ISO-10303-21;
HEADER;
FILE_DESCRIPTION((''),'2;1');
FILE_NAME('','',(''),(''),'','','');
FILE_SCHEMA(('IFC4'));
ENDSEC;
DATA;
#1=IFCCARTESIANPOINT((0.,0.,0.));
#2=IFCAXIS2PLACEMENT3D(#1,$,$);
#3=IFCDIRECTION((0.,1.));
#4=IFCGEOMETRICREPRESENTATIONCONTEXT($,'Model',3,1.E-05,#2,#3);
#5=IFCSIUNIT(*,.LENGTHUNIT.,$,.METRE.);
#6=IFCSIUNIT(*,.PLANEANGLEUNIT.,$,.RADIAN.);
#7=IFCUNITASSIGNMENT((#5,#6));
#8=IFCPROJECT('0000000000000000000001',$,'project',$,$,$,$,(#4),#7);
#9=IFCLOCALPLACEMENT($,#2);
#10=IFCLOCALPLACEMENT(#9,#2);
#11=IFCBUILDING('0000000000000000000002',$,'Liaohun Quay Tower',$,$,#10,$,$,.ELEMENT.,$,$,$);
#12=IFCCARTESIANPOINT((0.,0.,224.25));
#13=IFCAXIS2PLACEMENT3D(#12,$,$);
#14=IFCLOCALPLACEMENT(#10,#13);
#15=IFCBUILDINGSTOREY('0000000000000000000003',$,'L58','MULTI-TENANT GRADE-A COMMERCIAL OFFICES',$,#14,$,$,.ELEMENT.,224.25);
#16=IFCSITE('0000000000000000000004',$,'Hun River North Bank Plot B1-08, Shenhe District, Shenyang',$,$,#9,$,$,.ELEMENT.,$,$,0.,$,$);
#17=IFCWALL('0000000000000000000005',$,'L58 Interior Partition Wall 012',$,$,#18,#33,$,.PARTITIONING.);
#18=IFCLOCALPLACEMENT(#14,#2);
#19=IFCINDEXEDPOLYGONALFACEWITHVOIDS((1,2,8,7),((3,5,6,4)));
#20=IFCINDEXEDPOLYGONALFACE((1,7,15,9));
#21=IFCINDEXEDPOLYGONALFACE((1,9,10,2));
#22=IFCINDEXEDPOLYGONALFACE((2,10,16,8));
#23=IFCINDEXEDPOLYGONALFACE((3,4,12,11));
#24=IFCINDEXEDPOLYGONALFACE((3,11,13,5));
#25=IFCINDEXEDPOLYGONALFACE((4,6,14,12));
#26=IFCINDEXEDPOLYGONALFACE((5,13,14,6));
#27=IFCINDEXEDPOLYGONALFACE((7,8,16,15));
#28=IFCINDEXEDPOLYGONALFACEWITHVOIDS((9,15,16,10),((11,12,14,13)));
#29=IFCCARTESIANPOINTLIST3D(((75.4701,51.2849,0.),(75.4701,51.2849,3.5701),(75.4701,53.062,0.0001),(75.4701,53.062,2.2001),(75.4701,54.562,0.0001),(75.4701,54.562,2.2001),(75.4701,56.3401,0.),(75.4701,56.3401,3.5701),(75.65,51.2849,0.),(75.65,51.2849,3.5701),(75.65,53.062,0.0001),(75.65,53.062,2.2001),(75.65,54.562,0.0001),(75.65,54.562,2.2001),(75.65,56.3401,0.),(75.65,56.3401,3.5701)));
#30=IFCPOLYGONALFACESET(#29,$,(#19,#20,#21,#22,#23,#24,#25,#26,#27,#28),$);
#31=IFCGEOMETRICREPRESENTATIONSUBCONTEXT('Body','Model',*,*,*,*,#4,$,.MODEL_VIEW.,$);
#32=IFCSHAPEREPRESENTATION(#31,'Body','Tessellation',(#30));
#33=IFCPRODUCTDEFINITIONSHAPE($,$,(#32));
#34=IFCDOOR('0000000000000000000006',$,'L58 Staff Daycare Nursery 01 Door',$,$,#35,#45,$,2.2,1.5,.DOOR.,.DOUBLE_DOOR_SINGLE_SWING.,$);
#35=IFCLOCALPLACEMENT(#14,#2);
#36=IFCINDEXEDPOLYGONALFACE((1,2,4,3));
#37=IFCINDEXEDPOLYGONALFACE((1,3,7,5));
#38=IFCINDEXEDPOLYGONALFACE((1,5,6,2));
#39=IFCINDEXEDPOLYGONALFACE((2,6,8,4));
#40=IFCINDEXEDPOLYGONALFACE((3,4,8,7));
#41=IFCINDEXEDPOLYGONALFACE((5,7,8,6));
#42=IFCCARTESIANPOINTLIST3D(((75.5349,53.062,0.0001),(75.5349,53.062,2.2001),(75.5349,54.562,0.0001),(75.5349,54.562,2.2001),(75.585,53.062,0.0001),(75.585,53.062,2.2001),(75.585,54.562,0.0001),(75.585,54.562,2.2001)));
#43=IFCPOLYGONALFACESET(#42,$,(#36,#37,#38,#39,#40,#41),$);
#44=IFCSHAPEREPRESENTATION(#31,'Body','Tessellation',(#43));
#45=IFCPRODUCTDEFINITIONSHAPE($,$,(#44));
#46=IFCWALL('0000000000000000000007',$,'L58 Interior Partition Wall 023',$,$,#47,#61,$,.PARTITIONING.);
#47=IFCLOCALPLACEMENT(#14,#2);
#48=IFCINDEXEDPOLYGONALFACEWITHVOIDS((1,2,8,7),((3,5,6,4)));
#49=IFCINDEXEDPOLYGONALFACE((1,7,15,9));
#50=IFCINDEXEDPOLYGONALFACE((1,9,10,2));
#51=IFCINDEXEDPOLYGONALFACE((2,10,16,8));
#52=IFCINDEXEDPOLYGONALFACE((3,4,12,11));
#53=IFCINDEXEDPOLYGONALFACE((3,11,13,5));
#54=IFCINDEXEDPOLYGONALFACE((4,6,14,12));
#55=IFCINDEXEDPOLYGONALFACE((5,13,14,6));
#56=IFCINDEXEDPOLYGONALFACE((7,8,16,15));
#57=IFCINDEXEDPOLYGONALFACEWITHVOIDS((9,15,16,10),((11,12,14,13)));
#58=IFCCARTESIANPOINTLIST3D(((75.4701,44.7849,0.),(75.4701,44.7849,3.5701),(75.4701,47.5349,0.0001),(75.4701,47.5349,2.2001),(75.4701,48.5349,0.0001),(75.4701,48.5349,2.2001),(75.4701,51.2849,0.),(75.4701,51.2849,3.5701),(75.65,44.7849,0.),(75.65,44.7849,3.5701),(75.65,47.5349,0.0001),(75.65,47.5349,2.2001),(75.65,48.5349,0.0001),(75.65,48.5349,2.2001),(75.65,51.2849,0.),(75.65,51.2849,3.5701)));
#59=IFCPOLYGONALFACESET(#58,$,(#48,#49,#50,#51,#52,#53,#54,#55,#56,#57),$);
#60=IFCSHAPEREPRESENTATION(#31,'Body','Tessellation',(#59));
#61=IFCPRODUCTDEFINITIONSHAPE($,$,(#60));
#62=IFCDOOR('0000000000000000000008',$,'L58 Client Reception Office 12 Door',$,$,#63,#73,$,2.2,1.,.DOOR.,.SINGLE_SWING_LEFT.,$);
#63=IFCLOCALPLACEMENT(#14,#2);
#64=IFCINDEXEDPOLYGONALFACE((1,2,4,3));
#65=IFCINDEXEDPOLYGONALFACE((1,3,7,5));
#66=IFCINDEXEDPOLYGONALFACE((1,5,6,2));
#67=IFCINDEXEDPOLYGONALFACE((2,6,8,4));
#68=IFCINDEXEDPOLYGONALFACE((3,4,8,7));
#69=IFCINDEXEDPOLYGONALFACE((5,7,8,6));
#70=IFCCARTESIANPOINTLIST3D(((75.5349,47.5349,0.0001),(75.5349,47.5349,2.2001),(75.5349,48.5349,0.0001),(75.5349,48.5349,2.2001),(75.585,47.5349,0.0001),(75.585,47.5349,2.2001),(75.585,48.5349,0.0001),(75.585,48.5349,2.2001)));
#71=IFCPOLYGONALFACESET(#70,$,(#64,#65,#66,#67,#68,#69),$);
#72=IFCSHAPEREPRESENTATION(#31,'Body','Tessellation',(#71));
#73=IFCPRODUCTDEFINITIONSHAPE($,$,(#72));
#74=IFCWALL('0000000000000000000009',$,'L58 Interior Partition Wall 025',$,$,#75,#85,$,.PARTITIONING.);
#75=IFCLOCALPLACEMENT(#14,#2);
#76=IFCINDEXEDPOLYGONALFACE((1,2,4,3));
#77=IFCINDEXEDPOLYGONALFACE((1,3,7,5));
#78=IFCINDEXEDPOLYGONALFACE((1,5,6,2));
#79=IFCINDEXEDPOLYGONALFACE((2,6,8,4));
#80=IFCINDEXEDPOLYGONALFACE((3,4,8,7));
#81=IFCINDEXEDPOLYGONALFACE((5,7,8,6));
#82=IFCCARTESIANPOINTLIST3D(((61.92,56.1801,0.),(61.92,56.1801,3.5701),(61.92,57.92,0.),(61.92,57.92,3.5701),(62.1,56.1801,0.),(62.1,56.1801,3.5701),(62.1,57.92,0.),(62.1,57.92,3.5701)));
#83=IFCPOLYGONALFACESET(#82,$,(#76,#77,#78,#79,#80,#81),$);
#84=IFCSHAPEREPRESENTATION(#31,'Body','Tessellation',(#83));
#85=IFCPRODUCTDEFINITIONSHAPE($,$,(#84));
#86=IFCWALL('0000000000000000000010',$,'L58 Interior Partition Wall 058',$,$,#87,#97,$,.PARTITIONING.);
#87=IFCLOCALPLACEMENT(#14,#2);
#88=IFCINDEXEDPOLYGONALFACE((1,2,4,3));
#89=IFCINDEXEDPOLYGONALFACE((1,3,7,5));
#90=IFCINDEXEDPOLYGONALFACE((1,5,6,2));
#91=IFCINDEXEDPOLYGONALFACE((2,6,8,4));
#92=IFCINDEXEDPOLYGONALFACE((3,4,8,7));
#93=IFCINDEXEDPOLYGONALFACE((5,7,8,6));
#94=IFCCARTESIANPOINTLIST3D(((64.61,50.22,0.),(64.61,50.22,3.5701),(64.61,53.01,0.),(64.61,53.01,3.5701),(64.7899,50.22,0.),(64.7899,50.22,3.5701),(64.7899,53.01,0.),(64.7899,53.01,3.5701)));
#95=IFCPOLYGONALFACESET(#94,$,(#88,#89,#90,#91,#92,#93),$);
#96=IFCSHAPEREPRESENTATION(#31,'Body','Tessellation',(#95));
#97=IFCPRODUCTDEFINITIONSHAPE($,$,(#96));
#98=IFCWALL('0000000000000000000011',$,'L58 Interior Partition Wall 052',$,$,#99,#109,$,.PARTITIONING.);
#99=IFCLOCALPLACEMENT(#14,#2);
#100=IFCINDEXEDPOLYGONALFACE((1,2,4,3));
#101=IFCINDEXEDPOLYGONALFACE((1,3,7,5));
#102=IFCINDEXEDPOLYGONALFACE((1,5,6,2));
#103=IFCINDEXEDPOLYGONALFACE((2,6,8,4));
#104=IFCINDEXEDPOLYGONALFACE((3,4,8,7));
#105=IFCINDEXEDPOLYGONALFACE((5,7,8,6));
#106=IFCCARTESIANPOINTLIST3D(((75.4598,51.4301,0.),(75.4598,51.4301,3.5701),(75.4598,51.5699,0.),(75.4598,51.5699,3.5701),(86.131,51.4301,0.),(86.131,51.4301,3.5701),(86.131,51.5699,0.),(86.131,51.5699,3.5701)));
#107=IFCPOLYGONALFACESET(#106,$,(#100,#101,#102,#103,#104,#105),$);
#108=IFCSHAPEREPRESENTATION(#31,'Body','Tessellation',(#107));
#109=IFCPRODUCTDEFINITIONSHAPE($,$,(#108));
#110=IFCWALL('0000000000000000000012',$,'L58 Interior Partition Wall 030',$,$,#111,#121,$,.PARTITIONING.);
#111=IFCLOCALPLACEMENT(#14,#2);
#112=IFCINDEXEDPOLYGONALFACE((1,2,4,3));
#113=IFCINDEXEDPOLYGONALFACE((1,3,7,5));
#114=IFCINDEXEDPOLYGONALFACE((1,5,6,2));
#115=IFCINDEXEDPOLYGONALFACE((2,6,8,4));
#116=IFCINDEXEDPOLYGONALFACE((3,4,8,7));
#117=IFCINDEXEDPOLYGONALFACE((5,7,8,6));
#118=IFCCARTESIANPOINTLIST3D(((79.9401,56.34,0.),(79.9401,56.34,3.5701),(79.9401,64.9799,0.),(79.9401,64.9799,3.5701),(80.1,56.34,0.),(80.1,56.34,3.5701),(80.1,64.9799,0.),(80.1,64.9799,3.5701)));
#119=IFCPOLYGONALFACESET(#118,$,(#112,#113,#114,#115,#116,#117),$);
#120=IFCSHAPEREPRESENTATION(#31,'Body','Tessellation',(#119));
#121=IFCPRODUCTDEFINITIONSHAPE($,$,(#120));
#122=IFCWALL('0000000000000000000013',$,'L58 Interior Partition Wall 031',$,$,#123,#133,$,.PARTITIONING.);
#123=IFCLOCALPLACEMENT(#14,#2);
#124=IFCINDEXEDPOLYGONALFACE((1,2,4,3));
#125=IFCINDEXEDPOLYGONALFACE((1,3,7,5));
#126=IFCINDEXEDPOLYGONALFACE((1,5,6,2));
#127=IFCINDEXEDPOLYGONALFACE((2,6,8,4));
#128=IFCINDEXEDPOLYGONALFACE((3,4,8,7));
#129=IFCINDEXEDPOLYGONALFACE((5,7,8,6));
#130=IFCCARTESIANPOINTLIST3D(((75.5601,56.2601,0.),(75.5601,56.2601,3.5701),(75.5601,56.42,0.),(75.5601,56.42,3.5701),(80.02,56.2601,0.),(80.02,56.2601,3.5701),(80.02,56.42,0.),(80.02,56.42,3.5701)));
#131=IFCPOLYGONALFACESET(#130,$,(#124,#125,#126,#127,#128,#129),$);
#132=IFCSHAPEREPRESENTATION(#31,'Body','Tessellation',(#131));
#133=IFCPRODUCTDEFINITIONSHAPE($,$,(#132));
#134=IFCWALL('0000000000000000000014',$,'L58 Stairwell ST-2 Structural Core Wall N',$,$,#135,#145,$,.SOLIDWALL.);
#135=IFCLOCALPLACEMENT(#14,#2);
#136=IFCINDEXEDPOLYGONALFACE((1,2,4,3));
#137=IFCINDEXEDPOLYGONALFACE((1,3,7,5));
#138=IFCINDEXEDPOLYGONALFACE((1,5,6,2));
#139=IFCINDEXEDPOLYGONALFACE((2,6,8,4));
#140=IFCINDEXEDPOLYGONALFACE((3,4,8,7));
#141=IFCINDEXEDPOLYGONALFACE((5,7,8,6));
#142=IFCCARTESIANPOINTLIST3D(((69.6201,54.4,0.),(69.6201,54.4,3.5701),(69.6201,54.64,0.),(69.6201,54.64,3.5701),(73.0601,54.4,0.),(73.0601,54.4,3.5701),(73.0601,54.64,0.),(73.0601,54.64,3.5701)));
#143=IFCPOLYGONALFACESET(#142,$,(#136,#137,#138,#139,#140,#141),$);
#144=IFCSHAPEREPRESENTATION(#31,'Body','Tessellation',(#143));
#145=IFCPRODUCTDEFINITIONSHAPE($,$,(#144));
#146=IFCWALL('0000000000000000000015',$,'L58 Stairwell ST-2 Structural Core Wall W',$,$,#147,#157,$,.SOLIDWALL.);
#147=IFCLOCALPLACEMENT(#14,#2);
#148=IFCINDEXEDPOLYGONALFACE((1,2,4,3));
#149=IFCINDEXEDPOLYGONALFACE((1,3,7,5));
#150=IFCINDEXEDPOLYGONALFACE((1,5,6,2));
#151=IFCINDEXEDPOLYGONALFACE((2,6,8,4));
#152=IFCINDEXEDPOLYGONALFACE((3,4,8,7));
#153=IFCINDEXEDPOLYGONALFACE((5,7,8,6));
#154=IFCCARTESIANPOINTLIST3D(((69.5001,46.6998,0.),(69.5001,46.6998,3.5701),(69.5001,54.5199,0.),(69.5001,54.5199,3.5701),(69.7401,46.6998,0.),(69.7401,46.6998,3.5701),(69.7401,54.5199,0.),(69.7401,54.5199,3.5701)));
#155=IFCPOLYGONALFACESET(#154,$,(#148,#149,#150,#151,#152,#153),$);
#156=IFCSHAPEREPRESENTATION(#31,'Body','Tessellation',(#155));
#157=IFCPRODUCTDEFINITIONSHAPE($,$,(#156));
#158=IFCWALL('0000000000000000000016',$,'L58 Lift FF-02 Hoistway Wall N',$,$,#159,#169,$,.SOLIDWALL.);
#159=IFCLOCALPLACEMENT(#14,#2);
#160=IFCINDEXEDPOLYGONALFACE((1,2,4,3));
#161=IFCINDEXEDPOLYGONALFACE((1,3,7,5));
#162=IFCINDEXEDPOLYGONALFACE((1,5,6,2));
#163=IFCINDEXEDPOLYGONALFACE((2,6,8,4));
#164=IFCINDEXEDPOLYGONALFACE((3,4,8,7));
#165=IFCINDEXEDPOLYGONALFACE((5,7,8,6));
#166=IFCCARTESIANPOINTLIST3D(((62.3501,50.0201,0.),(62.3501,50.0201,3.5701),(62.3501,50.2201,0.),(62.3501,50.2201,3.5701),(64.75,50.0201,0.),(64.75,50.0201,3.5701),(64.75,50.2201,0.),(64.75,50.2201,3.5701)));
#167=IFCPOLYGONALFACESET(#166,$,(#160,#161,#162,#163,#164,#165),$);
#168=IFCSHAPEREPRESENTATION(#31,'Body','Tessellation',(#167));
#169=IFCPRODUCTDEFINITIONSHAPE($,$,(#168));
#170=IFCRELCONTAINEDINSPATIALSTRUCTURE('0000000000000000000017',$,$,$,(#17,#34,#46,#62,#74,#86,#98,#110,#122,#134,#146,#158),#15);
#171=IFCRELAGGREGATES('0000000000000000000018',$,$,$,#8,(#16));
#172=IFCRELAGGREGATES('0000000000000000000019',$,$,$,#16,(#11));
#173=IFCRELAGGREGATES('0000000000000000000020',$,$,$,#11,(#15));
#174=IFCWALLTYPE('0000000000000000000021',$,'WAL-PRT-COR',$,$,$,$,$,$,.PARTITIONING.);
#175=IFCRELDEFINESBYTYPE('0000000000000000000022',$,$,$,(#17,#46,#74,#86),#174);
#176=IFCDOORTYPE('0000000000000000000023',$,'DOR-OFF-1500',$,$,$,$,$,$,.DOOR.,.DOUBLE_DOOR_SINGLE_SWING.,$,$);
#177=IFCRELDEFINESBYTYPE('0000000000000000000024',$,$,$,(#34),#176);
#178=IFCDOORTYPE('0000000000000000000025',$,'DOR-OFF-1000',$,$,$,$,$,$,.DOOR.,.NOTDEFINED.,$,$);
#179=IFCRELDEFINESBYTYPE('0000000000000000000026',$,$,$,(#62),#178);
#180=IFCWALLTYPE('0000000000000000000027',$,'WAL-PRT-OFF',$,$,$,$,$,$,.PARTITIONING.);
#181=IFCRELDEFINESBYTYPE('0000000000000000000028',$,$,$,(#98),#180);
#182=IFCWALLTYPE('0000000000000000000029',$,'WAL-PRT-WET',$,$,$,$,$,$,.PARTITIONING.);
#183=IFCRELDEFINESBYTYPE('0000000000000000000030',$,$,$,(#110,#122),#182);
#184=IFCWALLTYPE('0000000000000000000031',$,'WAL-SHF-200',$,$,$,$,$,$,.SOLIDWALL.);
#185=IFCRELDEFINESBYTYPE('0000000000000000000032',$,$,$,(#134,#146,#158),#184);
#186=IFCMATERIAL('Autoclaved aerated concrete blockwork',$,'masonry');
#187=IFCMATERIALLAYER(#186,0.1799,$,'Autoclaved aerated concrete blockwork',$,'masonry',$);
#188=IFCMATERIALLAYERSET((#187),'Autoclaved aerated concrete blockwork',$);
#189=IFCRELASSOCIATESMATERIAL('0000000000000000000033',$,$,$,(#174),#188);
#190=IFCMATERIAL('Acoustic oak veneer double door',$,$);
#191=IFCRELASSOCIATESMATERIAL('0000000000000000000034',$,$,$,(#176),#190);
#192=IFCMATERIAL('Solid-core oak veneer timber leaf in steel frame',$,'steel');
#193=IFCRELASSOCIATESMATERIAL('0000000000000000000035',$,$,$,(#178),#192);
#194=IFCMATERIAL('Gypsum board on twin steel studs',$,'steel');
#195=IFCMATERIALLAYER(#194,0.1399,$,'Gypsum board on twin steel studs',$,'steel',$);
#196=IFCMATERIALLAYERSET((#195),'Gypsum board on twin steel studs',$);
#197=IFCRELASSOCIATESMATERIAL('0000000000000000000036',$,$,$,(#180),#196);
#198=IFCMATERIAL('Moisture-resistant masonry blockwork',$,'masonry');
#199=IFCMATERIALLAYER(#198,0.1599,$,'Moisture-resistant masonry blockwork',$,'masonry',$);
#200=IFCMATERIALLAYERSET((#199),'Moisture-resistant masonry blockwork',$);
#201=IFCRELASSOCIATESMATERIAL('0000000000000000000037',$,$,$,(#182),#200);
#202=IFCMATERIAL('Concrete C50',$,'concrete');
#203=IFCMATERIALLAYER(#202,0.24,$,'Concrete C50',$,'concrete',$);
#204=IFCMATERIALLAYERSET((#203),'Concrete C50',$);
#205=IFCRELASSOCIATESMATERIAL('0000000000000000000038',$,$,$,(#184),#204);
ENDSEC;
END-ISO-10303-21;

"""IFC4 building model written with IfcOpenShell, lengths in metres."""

from ifc_helpers import new_model, si_unit, direction, frame, frame_2d, origin, place, context, subcontext, project, spatial, rectangle, extrude, source, transform, mapped, material, layer, layer_set, type_object, element, fill, save


model = new_model("IFC4")

# Units and contexts
model_context = context("Model", 3, precision=1e-05, world=origin(), true_north=direction((0.0, 1.0)))
body_context = subcontext(model_context, "Body", "Model", "MODEL_VIEW")
ifc_project = project(units=[si_unit("LENGTHUNIT", "METRE"), si_unit("PLANEANGLEUNIT", "RADIAN")], contexts=[model_context])

# Site, building, storey
site_placement = place(None, origin())
site = spatial("IfcSite", under=ifc_project, at=site_placement, Name="Hun River North Bank Plot B1-08, Shenhe District, Shenyang", CompositionType="ELEMENT", RefElevation=0.0)
building_placement = place(site_placement, origin())
building = spatial("IfcBuilding", under=site, at=building_placement, Name="Liaohun Quay Tower", CompositionType="ELEMENT")
storey_placement = place(building_placement, frame((0.0, 0.0, 224.25)))
storey = spatial("IfcBuildingStorey", under=building, at=storey_placement, Name="L58", Description="MULTI-TENANT GRADE-A COMMERCIAL OFFICES", CompositionType="ELEMENT", Elevation=224.25)

# Walls, openings, doors
ifc_material_1 = material(Name="Autoclaved aerated concrete blockwork", Category="masonry")
ifc_layer_1 = layer(ifc_material_1, 0.1799, Name="Autoclaved aerated concrete blockwork", Category="masonry")
ifc_layer_set_1 = layer_set([ifc_layer_1], Name="Autoclaved aerated concrete blockwork")
wall_type_1 = type_object("IfcWallType", Name="WAL-PRT-COR", PredefinedType="PARTITIONING", material=ifc_layer_set_1)
wall_1_placement = place(storey_placement, frame((75.5601, 56.3401, 0.0), z_axis=(0.0, 0.0, 1.0), x_axis=(0.0, -1.0, 0.0)))
wall_1 = element("IfcWall", 1, at=wall_1_placement, inside=storey, type_object=wall_type_1, Name="L58 Interior Partition Wall 012", PredefinedType="PARTITIONING", context=body_context, shape_type="SweptSolid", body=[
    extrude(rectangle(XDim=5.0552, YDim=0.1799, at=frame_2d((2.5276, 0.0))), origin(), (0.0, 0.0, 1.0), 3.5701),
])
shared_shape_1 = source(origin(), body_context, "Body", "SweptSolid", [
    extrude(rectangle(XDim=1.5, YDim=2.2, at=frame_2d((0.75, 1.1001))), frame((0.0, 0.0999, 0.0), z_axis=(0.0, -1.0, 0.0), x_axis=(1.0, 0.0, 0.0)), (0.0, 0.0, 1.0), 0.2),
])
opening_1_placement = place(wall_1_placement, frame((1.7781, 0.0, 0.0)))
opening_1 = element("IfcOpeningElement", 2, at=opening_1_placement, cuts=wall_1, PredefinedType="OPENING", context=body_context, shape_type="MappedRepresentation", body=[
    mapped(shared_shape_1, transform((0.0, 0.0, 0.0), x_axis=(1.0, 0.0, 0.0), y_axis=(0.0, 1.0, 0.0), z_axis=(0.0, 0.0, 1.0), scale=1.0)),
])
ifc_material_2 = material(Name="Acoustic oak veneer double door")
door_type_1 = type_object("IfcDoorType", Name="DOR-OFF-1500", OperationType="DOUBLE_DOOR_SINGLE_SWING", PredefinedType="DOOR", material=ifc_material_2)
shared_shape_2 = source(origin(), body_context, "Body", "SweptSolid", [
    extrude(rectangle(XDim=1.5, YDim=2.2, at=frame_2d((0.75, 1.1001))), frame((0.0, 0.0249, 0.0), z_axis=(0.0, -1.0, 0.0), x_axis=(1.0, 0.0, 0.0)), (0.0, 0.0, 1.0), 0.05),
])
door_1_placement = place(opening_1_placement, origin())
door_1 = element("IfcDoor", 3, at=door_1_placement, inside=storey, type_object=door_type_1, Name="L58 Staff Daycare Nursery 01 Door", OperationType="DOUBLE_DOOR_SINGLE_SWING", OverallHeight=2.2, OverallWidth=1.5, PredefinedType="DOOR", context=body_context, shape_type="MappedRepresentation", body=[
    mapped(shared_shape_2, transform((0.0, 0.0, 0.0), x_axis=(1.0, 0.0, 0.0), y_axis=(0.0, 1.0, 0.0), z_axis=(0.0, 0.0, 1.0), scale=1.0)),
])
fill(opening_1, door_1)
wall_2_placement = place(storey_placement, frame((75.5601, 51.2849, 0.0), z_axis=(0.0, 0.0, 1.0), x_axis=(0.0, -1.0, 0.0)))
wall_2 = element("IfcWall", 4, at=wall_2_placement, inside=storey, type_object=wall_type_1, Name="L58 Interior Partition Wall 023", PredefinedType="PARTITIONING", context=body_context, shape_type="SweptSolid", body=[
    extrude(rectangle(XDim=6.5, YDim=0.1799, at=frame_2d((3.25, 0.0))), origin(), (0.0, 0.0, 1.0), 3.5701),
])
shared_shape_3 = source(origin(), body_context, "Body", "SweptSolid", [
    extrude(rectangle(XDim=1.0, YDim=2.2, at=frame_2d((0.5, 1.1001))), frame((0.0, 0.0999, 0.0), z_axis=(0.0, -1.0, 0.0), x_axis=(1.0, 0.0, 0.0)), (0.0, 0.0, 1.0), 0.2),
])
opening_2_placement = place(wall_2_placement, frame((2.75, 0.0, 0.0)))
opening_2 = element("IfcOpeningElement", 5, at=opening_2_placement, cuts=wall_2, PredefinedType="OPENING", context=body_context, shape_type="MappedRepresentation", body=[
    mapped(shared_shape_3, transform((0.0, 0.0, 0.0), x_axis=(1.0, 0.0, 0.0), y_axis=(0.0, 1.0, 0.0), z_axis=(0.0, 0.0, 1.0), scale=1.0)),
])
ifc_material_3 = material(Name="Solid-core oak veneer timber leaf in steel frame", Category="steel")
door_type_2 = type_object("IfcDoorType", Name="DOR-OFF-1000", OperationType="NOTDEFINED", PredefinedType="DOOR", material=ifc_material_3)
shared_shape_4 = source(origin(), body_context, "Body", "SweptSolid", [
    extrude(rectangle(XDim=1.0, YDim=2.2, at=frame_2d((0.5, 1.1001))), frame((0.0, 0.0249, 0.0), z_axis=(0.0, -1.0, 0.0), x_axis=(1.0, 0.0, 0.0)), (0.0, 0.0, 1.0), 0.05),
])
door_2_placement = place(opening_2_placement, origin())
door_2 = element("IfcDoor", 6, at=door_2_placement, inside=storey, type_object=door_type_2, Name="L58 Client Reception Office 12 Door", OperationType="SINGLE_SWING_LEFT", OverallHeight=2.2, OverallWidth=1.0, PredefinedType="DOOR", context=body_context, shape_type="MappedRepresentation", body=[
    mapped(shared_shape_4, transform((0.0, 0.0, 0.0), x_axis=(1.0, 0.0, 0.0), y_axis=(0.0, 1.0, 0.0), z_axis=(0.0, 0.0, 1.0), scale=1.0)),
])
fill(opening_2, door_2)

# Walls
wall_3_placement = place(storey_placement, frame((62.01, 56.1799, 0.0), z_axis=(0.0, 0.0, 1.0), x_axis=(0.0, 1.0, 0.0)))
element("IfcWall", 7, at=wall_3_placement, inside=storey, type_object=wall_type_1, Name="L58 Interior Partition Wall 025", PredefinedType="PARTITIONING", context=body_context, shape_type="SweptSolid", body=[
    extrude(rectangle(XDim=1.74, YDim=0.1799, at=frame_2d((0.8701, 0.0))), origin(), (0.0, 0.0, 1.0), 3.5701),
])
wall_4_placement = place(storey_placement, frame((64.7, 50.22, 0.0), z_axis=(0.0, 0.0, 1.0), x_axis=(0.0, 1.0, 0.0)))
element("IfcWall", 8, at=wall_4_placement, inside=storey, type_object=wall_type_1, Name="L58 Interior Partition Wall 058", PredefinedType="PARTITIONING", context=body_context, shape_type="SweptSolid", body=[
    extrude(rectangle(XDim=2.79, YDim=0.1799, at=frame_2d((1.395, 0.0))), origin(), (0.0, 0.0, 1.0), 3.5701),
])
ifc_material_4 = material(Name="Gypsum board on twin steel studs", Category="steel")
ifc_layer_2 = layer(ifc_material_4, 0.1399, Name="Gypsum board on twin steel studs", Category="steel")
ifc_layer_set_2 = layer_set([ifc_layer_2], Name="Gypsum board on twin steel studs")
wall_type_2 = type_object("IfcWallType", Name="WAL-PRT-OFF", PredefinedType="PARTITIONING", material=ifc_layer_set_2)
wall_5_placement = place(storey_placement, frame((75.46, 51.5, 0.0), z_axis=(0.0, 0.0, 1.0), x_axis=(1.0, 0.0, 0.0)))
element("IfcWall", 9, at=wall_5_placement, inside=storey, type_object=wall_type_2, Name="L58 Interior Partition Wall 052", PredefinedType="PARTITIONING", context=body_context, shape_type="SweptSolid", body=[
    extrude(rectangle(XDim=10.6711, YDim=0.1399, at=frame_2d((5.3354, 0.0))), origin(), (0.0, 0.0, 1.0), 3.5701),
])

# Shared definitions
ifc_material_5 = material(Name="Moisture-resistant masonry blockwork", Category="masonry")
ifc_layer_3 = layer(ifc_material_5, 0.1599, Name="Moisture-resistant masonry blockwork", Category="masonry")
ifc_layer_set_3 = layer_set([ifc_layer_3], Name="Moisture-resistant masonry blockwork")
wall_type_3 = type_object("IfcWallType", Name="WAL-PRT-WET", PredefinedType="PARTITIONING", material=ifc_layer_set_3)

# Walls
wall_6_placement = place(storey_placement, frame((80.02, 56.3401, 0.0), z_axis=(0.0, 0.0, 1.0), x_axis=(0.0, 1.0, 0.0)))
element("IfcWall", 10, at=wall_6_placement, inside=storey, type_object=wall_type_3, Name="L58 Interior Partition Wall 030", PredefinedType="PARTITIONING", context=body_context, shape_type="SweptSolid", body=[
    extrude(rectangle(XDim=8.6399, YDim=0.1599, at=frame_2d((4.3198, 0.0))), origin(), (0.0, 0.0, 1.0), 3.5701),
])
wall_7_placement = place(storey_placement, frame((75.5601, 56.3401, 0.0), z_axis=(0.0, 0.0, 1.0), x_axis=(1.0, 0.0, 0.0)))
element("IfcWall", 11, at=wall_7_placement, inside=storey, type_object=wall_type_3, Name="L58 Interior Partition Wall 031", PredefinedType="PARTITIONING", context=body_context, shape_type="SweptSolid", body=[
    extrude(rectangle(XDim=4.46, YDim=0.1599, at=frame_2d((2.23, 0.0))), origin(), (0.0, 0.0, 1.0), 3.5701),
])
ifc_material_6 = material(Name="Concrete C50", Category="concrete")
ifc_layer_4 = layer(ifc_material_6, 0.24, Name="Concrete C50", Category="concrete")
ifc_layer_set_4 = layer_set([ifc_layer_4], Name="Concrete C50")
wall_type_4 = type_object("IfcWallType", Name="WAL-SHF-200", PredefinedType="SOLIDWALL", material=ifc_layer_set_4)
wall_8_placement = place(storey_placement, frame((73.0601, 54.52, 0.0), z_axis=(0.0, 0.0, 1.0), x_axis=(-1.0, 0.0, 0.0)))
element("IfcWall", 12, at=wall_8_placement, inside=storey, type_object=wall_type_4, Name="L58 Stairwell ST-2 Structural Core Wall N", PredefinedType="SOLIDWALL", context=body_context, shape_type="SweptSolid", body=[
    extrude(rectangle(XDim=3.4399, YDim=0.24, at=frame_2d((1.72, 0.0))), origin(), (0.0, 0.0, 1.0), 3.5701),
])
wall_9_placement = place(storey_placement, frame((69.6201, 54.52, 0.0), z_axis=(0.0, 0.0, 1.0), x_axis=(0.0, -1.0, 0.0)))
element("IfcWall", 13, at=wall_9_placement, inside=storey, type_object=wall_type_4, Name="L58 Stairwell ST-2 Structural Core Wall W", PredefinedType="SOLIDWALL", context=body_context, shape_type="SweptSolid", body=[
    extrude(rectangle(XDim=7.8201, YDim=0.24, at=frame_2d((3.9102, 0.0))), origin(), (0.0, 0.0, 1.0), 3.5701),
])
wall_10_placement = place(storey_placement, frame((64.75, 50.1201, 0.0), z_axis=(0.0, 0.0, 1.0), x_axis=(-1.0, 0.0, 0.0)))
element("IfcWall", 14, at=wall_10_placement, inside=storey, type_object=wall_type_4, Name="L58 Lift FF-02 Hoistway Wall N", PredefinedType="SOLIDWALL", context=body_context, shape_type="SweptSolid", body=[
    extrude(rectangle(XDim=2.3999, YDim=0.2, at=frame_2d((1.2, 0.0))), origin(), (0.0, 0.0, 1.0), 3.5701),
])

save(model, "model.ifc")
